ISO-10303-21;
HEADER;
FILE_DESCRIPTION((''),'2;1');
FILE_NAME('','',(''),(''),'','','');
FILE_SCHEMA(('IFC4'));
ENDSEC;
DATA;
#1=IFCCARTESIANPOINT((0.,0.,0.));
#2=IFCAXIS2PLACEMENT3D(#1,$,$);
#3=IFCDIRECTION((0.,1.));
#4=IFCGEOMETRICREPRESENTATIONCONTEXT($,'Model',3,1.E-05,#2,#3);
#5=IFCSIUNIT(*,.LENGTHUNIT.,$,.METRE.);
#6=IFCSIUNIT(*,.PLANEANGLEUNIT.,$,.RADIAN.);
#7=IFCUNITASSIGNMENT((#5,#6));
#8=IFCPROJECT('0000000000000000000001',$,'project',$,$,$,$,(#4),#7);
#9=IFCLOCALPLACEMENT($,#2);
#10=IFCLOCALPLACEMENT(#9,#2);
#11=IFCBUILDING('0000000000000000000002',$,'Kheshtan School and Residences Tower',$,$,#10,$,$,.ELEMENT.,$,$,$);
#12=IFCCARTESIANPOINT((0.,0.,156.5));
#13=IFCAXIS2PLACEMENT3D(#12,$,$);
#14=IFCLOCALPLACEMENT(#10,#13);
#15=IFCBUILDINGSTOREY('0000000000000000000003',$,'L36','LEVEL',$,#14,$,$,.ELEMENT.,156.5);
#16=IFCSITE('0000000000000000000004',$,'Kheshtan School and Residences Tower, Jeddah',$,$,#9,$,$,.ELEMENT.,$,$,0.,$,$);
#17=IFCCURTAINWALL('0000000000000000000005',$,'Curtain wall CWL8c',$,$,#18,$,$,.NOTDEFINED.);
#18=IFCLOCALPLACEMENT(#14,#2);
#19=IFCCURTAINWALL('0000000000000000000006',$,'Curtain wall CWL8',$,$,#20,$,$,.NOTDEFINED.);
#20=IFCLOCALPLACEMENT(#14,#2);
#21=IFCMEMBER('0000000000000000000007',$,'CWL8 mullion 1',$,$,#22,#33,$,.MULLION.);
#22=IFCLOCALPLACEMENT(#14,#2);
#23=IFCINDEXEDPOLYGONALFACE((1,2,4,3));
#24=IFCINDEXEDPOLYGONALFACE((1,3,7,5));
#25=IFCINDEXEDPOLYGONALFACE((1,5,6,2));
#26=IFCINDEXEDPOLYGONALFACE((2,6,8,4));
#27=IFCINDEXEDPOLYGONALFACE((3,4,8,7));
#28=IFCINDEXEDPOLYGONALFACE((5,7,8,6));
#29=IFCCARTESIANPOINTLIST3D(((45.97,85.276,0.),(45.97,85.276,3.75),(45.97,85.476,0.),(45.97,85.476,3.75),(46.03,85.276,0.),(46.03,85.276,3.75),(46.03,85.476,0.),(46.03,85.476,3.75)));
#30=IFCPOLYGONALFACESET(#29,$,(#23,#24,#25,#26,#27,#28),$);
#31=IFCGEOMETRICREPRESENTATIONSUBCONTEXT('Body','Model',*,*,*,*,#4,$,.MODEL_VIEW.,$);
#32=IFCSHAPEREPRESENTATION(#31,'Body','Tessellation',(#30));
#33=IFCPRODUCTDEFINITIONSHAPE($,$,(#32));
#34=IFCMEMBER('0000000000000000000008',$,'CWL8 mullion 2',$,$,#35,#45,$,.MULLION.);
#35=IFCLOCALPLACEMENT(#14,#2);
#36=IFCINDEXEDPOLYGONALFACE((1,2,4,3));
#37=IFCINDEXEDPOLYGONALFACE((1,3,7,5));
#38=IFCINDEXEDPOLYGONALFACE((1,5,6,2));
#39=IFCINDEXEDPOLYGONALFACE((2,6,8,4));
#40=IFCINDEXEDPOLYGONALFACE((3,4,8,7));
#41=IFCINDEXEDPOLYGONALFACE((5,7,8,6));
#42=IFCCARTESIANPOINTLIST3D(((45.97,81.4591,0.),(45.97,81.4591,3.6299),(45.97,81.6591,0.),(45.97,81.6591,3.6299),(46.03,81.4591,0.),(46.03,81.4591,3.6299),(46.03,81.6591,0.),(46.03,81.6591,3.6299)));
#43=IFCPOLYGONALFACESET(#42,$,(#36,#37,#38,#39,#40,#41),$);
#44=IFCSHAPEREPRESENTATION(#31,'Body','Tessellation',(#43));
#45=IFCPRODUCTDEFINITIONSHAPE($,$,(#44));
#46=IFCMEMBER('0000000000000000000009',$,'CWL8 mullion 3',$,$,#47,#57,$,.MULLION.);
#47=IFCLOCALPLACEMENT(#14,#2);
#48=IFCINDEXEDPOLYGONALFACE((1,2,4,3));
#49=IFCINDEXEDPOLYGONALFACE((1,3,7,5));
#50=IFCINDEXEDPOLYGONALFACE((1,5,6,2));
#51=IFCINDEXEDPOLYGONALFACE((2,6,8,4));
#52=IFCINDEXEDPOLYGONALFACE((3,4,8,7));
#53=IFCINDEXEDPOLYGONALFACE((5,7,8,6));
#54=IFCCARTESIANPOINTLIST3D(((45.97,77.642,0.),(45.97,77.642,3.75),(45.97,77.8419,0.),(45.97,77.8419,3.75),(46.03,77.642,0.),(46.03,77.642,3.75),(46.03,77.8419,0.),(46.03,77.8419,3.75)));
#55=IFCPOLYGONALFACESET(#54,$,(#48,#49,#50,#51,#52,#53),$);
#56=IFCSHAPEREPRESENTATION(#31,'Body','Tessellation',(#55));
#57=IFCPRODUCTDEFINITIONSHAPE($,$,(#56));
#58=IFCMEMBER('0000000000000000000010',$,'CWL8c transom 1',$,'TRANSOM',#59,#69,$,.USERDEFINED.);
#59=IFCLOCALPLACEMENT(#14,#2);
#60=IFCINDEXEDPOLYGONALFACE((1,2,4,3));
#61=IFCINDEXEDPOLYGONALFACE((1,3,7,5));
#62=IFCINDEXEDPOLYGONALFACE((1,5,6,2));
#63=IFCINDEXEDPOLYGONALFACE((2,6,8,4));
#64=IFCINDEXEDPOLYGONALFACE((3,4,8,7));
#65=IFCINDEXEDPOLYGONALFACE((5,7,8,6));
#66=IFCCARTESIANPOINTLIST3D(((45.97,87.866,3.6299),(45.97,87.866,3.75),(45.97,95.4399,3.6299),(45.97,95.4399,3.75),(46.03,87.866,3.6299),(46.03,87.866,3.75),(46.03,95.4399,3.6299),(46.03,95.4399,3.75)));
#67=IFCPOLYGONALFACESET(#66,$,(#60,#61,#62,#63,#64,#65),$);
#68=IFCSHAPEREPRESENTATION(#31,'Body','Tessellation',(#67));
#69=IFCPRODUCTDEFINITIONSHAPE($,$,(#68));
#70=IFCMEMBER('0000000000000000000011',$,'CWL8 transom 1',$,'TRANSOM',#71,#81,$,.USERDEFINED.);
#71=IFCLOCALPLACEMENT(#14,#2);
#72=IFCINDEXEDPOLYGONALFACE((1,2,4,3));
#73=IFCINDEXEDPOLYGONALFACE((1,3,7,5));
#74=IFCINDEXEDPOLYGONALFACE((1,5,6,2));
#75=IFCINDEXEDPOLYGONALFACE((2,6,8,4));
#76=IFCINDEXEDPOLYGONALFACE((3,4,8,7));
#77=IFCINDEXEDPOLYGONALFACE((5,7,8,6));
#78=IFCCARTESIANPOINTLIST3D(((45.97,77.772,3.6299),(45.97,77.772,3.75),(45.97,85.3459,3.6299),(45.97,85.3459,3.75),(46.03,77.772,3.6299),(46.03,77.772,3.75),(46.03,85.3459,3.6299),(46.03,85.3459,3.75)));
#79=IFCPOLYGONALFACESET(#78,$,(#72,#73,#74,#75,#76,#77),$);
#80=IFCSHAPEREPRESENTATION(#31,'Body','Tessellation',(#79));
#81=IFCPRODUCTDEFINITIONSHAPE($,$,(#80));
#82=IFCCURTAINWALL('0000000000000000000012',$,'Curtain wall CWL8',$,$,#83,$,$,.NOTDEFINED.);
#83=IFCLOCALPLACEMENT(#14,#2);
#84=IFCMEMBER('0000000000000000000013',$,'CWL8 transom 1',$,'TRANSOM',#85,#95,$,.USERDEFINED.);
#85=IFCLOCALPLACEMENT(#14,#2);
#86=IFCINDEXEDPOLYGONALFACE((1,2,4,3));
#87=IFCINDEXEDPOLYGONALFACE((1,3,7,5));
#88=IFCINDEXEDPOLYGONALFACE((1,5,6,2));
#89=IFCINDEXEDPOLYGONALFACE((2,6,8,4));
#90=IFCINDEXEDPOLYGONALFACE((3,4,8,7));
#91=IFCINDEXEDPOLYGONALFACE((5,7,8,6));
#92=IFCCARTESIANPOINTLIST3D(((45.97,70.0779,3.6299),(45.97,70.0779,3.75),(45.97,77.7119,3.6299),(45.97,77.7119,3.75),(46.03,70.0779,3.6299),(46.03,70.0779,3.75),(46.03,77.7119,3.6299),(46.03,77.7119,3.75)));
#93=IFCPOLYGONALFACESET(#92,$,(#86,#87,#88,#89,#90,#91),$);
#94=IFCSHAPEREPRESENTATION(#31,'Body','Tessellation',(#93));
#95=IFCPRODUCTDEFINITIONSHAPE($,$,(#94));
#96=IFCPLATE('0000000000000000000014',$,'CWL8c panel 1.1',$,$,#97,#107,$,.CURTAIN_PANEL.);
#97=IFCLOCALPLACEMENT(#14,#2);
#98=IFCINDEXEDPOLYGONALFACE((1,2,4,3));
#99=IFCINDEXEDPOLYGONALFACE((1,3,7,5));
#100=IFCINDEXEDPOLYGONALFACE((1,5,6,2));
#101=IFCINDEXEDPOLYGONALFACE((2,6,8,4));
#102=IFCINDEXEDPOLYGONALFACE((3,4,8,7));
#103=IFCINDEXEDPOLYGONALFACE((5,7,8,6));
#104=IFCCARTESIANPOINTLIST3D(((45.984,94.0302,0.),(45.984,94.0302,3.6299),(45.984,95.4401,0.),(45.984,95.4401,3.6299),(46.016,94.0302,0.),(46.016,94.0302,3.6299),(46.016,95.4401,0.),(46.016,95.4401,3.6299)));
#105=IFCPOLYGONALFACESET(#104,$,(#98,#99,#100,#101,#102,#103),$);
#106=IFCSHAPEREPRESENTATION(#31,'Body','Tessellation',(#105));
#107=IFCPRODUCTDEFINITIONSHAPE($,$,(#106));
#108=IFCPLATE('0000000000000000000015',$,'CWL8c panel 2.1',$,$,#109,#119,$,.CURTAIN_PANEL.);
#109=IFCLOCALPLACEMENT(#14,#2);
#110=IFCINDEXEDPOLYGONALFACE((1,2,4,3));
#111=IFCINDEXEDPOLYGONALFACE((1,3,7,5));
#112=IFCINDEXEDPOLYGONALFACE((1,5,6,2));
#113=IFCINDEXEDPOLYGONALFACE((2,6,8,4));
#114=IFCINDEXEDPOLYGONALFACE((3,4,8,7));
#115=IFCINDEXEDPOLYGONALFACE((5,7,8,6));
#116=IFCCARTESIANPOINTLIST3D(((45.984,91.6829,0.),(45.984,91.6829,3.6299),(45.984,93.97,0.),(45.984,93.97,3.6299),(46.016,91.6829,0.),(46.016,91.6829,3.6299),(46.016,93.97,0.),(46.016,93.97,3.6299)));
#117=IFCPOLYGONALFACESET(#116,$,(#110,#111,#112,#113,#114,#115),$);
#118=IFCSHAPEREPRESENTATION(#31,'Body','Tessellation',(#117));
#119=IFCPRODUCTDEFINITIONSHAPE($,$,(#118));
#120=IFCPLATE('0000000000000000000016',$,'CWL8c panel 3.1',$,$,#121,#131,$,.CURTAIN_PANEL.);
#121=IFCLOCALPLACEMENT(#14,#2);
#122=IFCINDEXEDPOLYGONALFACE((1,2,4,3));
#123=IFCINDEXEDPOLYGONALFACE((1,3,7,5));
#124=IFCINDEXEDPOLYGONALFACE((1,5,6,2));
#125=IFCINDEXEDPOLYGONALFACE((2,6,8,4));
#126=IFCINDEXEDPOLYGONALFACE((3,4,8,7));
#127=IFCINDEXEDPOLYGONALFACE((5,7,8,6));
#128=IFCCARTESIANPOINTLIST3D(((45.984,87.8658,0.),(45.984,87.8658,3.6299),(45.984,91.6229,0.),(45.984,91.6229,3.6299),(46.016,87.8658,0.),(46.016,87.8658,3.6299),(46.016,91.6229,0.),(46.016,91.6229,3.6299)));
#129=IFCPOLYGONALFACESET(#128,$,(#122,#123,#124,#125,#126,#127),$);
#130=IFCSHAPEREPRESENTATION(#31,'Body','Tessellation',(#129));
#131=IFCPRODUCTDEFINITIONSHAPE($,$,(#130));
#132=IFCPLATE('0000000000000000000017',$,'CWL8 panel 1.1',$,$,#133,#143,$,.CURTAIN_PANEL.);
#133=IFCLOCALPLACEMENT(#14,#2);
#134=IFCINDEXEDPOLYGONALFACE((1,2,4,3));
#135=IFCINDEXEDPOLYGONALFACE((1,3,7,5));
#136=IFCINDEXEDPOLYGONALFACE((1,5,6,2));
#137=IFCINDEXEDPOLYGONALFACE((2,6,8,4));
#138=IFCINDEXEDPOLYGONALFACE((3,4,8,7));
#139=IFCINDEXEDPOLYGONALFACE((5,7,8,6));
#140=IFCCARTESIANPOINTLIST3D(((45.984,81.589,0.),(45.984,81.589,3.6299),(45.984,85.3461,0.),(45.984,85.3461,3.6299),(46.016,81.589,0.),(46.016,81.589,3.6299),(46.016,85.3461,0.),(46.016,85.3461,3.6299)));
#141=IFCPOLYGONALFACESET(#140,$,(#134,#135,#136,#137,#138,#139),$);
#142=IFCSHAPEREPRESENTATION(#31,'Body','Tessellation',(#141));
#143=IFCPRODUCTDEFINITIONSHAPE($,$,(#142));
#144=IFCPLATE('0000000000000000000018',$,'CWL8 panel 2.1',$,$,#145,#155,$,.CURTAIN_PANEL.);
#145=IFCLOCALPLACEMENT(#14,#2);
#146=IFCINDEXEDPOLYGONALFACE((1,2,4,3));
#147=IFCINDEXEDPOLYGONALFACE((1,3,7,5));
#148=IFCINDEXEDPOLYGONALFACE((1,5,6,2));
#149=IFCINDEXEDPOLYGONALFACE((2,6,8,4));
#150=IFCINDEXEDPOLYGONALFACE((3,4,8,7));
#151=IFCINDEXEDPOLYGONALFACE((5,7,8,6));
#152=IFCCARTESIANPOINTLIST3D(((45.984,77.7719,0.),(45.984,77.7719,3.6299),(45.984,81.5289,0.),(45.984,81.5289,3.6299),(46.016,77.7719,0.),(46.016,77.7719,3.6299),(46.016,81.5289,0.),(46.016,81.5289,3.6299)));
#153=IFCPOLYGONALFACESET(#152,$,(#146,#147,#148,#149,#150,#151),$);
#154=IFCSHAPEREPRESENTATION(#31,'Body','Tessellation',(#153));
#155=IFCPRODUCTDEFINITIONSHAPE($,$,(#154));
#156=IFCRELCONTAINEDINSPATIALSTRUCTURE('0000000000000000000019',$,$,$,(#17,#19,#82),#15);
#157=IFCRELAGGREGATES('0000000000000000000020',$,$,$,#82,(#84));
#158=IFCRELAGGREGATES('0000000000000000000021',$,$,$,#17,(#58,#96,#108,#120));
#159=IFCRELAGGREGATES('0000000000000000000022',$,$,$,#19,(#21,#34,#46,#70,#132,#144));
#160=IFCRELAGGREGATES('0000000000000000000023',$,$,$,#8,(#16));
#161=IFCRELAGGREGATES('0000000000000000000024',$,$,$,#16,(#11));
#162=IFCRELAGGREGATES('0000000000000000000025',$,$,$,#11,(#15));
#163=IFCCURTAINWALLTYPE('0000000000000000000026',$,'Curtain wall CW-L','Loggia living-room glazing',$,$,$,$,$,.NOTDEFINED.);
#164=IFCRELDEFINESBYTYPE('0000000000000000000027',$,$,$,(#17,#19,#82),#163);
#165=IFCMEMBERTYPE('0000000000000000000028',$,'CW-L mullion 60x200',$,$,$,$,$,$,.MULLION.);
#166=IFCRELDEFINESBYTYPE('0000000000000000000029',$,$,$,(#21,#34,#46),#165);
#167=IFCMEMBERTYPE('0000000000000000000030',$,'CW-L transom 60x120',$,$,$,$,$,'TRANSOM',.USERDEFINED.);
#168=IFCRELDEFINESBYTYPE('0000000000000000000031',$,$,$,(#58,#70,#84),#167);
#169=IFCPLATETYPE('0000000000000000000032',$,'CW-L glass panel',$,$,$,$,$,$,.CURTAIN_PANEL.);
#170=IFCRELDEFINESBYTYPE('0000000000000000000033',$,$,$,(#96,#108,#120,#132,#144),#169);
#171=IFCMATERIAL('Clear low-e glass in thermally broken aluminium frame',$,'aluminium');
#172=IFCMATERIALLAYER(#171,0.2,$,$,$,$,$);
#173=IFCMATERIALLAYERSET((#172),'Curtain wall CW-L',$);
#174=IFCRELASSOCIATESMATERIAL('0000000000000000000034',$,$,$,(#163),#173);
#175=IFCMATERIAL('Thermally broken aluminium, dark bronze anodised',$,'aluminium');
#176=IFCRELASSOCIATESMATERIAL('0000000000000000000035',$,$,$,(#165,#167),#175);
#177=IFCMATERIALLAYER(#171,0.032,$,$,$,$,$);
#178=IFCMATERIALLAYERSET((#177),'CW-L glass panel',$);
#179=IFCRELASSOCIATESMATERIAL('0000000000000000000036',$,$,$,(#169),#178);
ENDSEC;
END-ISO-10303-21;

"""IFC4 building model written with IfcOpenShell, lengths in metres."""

from ifc_helpers import new_model, si_unit, direction, frame, origin, origin_2d, place, context, subcontext, project, spatial, rectangle, extrude, material, layer, layer_set, material_profile, profile_set, type_object, element, aggregate, save


model = new_model("IFC4")

# Units and contexts
model_context = context("Model", 3, precision=1e-05, world=origin(), true_north=direction((0.0, 1.0)))
body_context = subcontext(model_context, "Body", "Model", "MODEL_VIEW")
ifc_project = project(units=[si_unit("LENGTHUNIT", "METRE"), si_unit("PLANEANGLEUNIT", "RADIAN")], contexts=[model_context])

# Site, building, storey
site_placement = place(None, origin())
site = spatial("IfcSite", under=ifc_project, at=site_placement, Name="Kheshtan School and Residences Tower, Jeddah", CompositionType="ELEMENT", RefElevation=0.0)
building_placement = place(site_placement, origin())
building = spatial("IfcBuilding", under=site, at=building_placement, Name="Kheshtan School and Residences Tower", CompositionType="ELEMENT")
storey_placement = place(building_placement, frame((0.0, 0.0, 156.5)))
storey = spatial("IfcBuildingStorey", under=building, at=storey_placement, Name="L36", Description="LEVEL", CompositionType="ELEMENT", Elevation=156.5)

# Curtain walls, members
ifc_material_1 = material(Name="Clear low-e glass in thermally broken aluminium frame", Category="aluminium")
ifc_layer_1 = layer(ifc_material_1, 0.2)
ifc_layer_set_1 = layer_set([ifc_layer_1], Name="Curtain wall CW-L")
curtain_wall_type = type_object("IfcCurtainWallType", Name="Curtain wall CW-L", Description="Loggia living-room glazing", PredefinedType="NOTDEFINED", material=ifc_layer_set_1)
curtain_wall_1_placement = place(storey_placement, origin())
curtain_wall_1 = element("IfcCurtainWall", 1, at=curtain_wall_1_placement, inside=storey, type_object=curtain_wall_type, Name="Curtain wall CWL8c", PredefinedType="NOTDEFINED")
ifc_material_2 = material(Name="Thermally broken aluminium, dark bronze anodised", Category="aluminium")
ifc_material_profile_1 = material_profile(ifc_material_2, rectangle(XDim=0.0601, YDim=0.2, at=origin_2d()), Name="CW-L mullion 60x200")
ifc_profile_set_1 = profile_set([ifc_material_profile_1], Name="Thermally broken aluminium, dark bronze anodised")
member_type_1 = type_object("IfcMemberType", Name="CW-L mullion 60x200", PredefinedType="MULLION", material=ifc_profile_set_1)
curtain_wall_2_placement = place(storey_placement, origin())
curtain_wall_2 = element("IfcCurtainWall", 2, at=curtain_wall_2_placement, inside=storey, type_object=curtain_wall_type, Name="Curtain wall CWL8", PredefinedType="NOTDEFINED")
member_1_placement = place(storey_placement, frame((46.0, 85.376, 0.0), z_axis=(0.0, 0.0, 1.0), x_axis=(1.0, 0.0, 0.0)))
member_1 = element("IfcMember", 3, at=member_1_placement, type_object=member_type_1, Name="CWL8 mullion 1", PredefinedType="MULLION", context=body_context, shape_type="SweptSolid", body=[
    extrude(rectangle(XDim=0.0601, YDim=0.2, at=origin_2d()), origin(), (0.0, 0.0, 1.0), 3.75),
])
member_2_placement = place(storey_placement, frame((46.0, 81.5591, 0.0), z_axis=(0.0, 0.0, 1.0), x_axis=(1.0, 0.0, 0.0)))
member_2 = element("IfcMember", 4, at=member_2_placement, type_object=member_type_1, Name="CWL8 mullion 2", PredefinedType="MULLION", context=body_context, shape_type="SweptSolid", body=[
    extrude(rectangle(XDim=0.0601, YDim=0.2, at=origin_2d()), origin(), (0.0, 0.0, 1.0), 3.6299),
])
member_3_placement = place(storey_placement, frame((46.0, 77.7419, 0.0), z_axis=(0.0, 0.0, 1.0), x_axis=(1.0, 0.0, 0.0)))
member_3 = element("IfcMember", 5, at=member_3_placement, type_object=member_type_1, Name="CWL8 mullion 3", PredefinedType="MULLION", context=body_context, shape_type="SweptSolid", body=[
    extrude(rectangle(XDim=0.0601, YDim=0.2, at=origin_2d()), origin(), (0.0, 0.0, 1.0), 3.75),
])

# Members
ifc_material_profile_2 = material_profile(ifc_material_2, rectangle(XDim=0.0601, YDim=0.1201, at=origin_2d()), Name="CW-L transom 60x120")
ifc_profile_set_2 = profile_set([ifc_material_profile_2], Name="Thermally broken aluminium, dark bronze anodised")
member_type_2 = type_object("IfcMemberType", Name="CW-L transom 60x120", ElementType="TRANSOM", PredefinedType="USERDEFINED", material=ifc_profile_set_2)
member_4_placement = place(storey_placement, frame((46.0, 95.4399, 3.6899), z_axis=(0.0, -1.0, 0.0), x_axis=(1.0, 0.0, 0.0)))
member_4 = element("IfcMember", 6, at=member_4_placement, type_object=member_type_2, Name="CWL8c transom 1", ObjectType="TRANSOM", PredefinedType="USERDEFINED", context=body_context, shape_type="SweptSolid", body=[
    extrude(rectangle(XDim=0.0601, YDim=0.1201, at=origin_2d()), origin(), (0.0, 0.0, 1.0), 7.574),
])
member_5_placement = place(storey_placement, frame((46.0, 85.3459, 3.6899), z_axis=(0.0, -1.0, 0.0), x_axis=(1.0, 0.0, 0.0)))
member_5 = element("IfcMember", 7, at=member_5_placement, type_object=member_type_2, Name="CWL8 transom 1", ObjectType="TRANSOM", PredefinedType="USERDEFINED", context=body_context, shape_type="SweptSolid", body=[
    extrude(rectangle(XDim=0.0601, YDim=0.1201, at=origin_2d()), origin(), (0.0, 0.0, 1.0), 7.574),
])

# Curtain wall, member
curtain_wall_3_placement = place(storey_placement, origin())
curtain_wall_3 = element("IfcCurtainWall", 8, at=curtain_wall_3_placement, inside=storey, type_object=curtain_wall_type, Name="Curtain wall CWL8", PredefinedType="NOTDEFINED")
member_6_placement = place(storey_placement, frame((46.0, 77.7119, 3.6899), z_axis=(0.0, -1.0, 0.0), x_axis=(1.0, 0.0, 0.0)))
member_6 = element("IfcMember", 9, at=member_6_placement, type_object=member_type_2, Name="CWL8 transom 1", ObjectType="TRANSOM", PredefinedType="USERDEFINED", context=body_context, shape_type="SweptSolid", body=[
    extrude(rectangle(XDim=0.0601, YDim=0.1201, at=origin_2d()), origin(), (0.0, 0.0, 1.0), 7.634),
])
aggregate(curtain_wall_3, [member_6])

# Plates
ifc_layer_2 = layer(ifc_material_1, 0.032)
ifc_layer_set_2 = layer_set([ifc_layer_2], Name="CW-L glass panel")
plate_type = type_object("IfcPlateType", Name="CW-L glass panel", PredefinedType="CURTAIN_PANEL", material=ifc_layer_set_2)
plate_1_placement = place(storey_placement, frame((46.0, 94.7351, 0.0), z_axis=(0.0, 0.0, 1.0), x_axis=(0.0, -1.0, 0.0)))
plate_1 = element("IfcPlate", 10, at=plate_1_placement, type_object=plate_type, Name="CWL8c panel 1.1", PredefinedType="CURTAIN_PANEL", context=body_context, shape_type="SweptSolid", body=[
    extrude(rectangle(XDim=1.4099, YDim=0.032, at=origin_2d()), origin(), (0.0, 0.0, 1.0), 3.6299),
])
plate_2_placement = place(storey_placement, frame((46.0, 92.8264, 0.0), z_axis=(0.0, 0.0, 1.0), x_axis=(0.0, -1.0, 0.0)))
plate_2 = element("IfcPlate", 11, at=plate_2_placement, type_object=plate_type, Name="CWL8c panel 2.1", PredefinedType="CURTAIN_PANEL", context=body_context, shape_type="SweptSolid", body=[
    extrude(rectangle(XDim=2.2871, YDim=0.032, at=origin_2d()), origin(), (0.0, 0.0, 1.0), 3.6299),
])
plate_3_placement = place(storey_placement, frame((46.0, 89.7444, 0.0), z_axis=(0.0, 0.0, 1.0), x_axis=(0.0, -1.0, 0.0)))
plate_3 = element("IfcPlate", 12, at=plate_3_placement, type_object=plate_type, Name="CWL8c panel 3.1", PredefinedType="CURTAIN_PANEL", context=body_context, shape_type="SweptSolid", body=[
    extrude(rectangle(XDim=3.7571, YDim=0.032, at=origin_2d()), origin(), (0.0, 0.0, 1.0), 3.6299),
])
aggregate(curtain_wall_1, [member_4, plate_1, plate_2, plate_3])
plate_4_placement = place(storey_placement, frame((46.0, 83.4675, 0.0), z_axis=(0.0, 0.0, 1.0), x_axis=(0.0, -1.0, 0.0)))
plate_4 = element("IfcPlate", 13, at=plate_4_placement, type_object=plate_type, Name="CWL8 panel 1.1", PredefinedType="CURTAIN_PANEL", context=body_context, shape_type="SweptSolid", body=[
    extrude(rectangle(XDim=3.7571, YDim=0.032, at=origin_2d()), origin(), (0.0, 0.0, 1.0), 3.6299),
])
plate_5_placement = place(storey_placement, frame((46.0, 79.6504, 0.0), z_axis=(0.0, 0.0, 1.0), x_axis=(0.0, -1.0, 0.0)))
plate_5 = element("IfcPlate", 14, at=plate_5_placement, type_object=plate_type, Name="CWL8 panel 2.1", PredefinedType="CURTAIN_PANEL", context=body_context, shape_type="SweptSolid", body=[
    extrude(rectangle(XDim=3.7571, YDim=0.032, at=origin_2d()), origin(), (0.0, 0.0, 1.0), 3.6299),
])
aggregate(curtain_wall_2, [member_1, member_2, member_3, member_5, plate_4, plate_5])

save(model, "model.ifc")
